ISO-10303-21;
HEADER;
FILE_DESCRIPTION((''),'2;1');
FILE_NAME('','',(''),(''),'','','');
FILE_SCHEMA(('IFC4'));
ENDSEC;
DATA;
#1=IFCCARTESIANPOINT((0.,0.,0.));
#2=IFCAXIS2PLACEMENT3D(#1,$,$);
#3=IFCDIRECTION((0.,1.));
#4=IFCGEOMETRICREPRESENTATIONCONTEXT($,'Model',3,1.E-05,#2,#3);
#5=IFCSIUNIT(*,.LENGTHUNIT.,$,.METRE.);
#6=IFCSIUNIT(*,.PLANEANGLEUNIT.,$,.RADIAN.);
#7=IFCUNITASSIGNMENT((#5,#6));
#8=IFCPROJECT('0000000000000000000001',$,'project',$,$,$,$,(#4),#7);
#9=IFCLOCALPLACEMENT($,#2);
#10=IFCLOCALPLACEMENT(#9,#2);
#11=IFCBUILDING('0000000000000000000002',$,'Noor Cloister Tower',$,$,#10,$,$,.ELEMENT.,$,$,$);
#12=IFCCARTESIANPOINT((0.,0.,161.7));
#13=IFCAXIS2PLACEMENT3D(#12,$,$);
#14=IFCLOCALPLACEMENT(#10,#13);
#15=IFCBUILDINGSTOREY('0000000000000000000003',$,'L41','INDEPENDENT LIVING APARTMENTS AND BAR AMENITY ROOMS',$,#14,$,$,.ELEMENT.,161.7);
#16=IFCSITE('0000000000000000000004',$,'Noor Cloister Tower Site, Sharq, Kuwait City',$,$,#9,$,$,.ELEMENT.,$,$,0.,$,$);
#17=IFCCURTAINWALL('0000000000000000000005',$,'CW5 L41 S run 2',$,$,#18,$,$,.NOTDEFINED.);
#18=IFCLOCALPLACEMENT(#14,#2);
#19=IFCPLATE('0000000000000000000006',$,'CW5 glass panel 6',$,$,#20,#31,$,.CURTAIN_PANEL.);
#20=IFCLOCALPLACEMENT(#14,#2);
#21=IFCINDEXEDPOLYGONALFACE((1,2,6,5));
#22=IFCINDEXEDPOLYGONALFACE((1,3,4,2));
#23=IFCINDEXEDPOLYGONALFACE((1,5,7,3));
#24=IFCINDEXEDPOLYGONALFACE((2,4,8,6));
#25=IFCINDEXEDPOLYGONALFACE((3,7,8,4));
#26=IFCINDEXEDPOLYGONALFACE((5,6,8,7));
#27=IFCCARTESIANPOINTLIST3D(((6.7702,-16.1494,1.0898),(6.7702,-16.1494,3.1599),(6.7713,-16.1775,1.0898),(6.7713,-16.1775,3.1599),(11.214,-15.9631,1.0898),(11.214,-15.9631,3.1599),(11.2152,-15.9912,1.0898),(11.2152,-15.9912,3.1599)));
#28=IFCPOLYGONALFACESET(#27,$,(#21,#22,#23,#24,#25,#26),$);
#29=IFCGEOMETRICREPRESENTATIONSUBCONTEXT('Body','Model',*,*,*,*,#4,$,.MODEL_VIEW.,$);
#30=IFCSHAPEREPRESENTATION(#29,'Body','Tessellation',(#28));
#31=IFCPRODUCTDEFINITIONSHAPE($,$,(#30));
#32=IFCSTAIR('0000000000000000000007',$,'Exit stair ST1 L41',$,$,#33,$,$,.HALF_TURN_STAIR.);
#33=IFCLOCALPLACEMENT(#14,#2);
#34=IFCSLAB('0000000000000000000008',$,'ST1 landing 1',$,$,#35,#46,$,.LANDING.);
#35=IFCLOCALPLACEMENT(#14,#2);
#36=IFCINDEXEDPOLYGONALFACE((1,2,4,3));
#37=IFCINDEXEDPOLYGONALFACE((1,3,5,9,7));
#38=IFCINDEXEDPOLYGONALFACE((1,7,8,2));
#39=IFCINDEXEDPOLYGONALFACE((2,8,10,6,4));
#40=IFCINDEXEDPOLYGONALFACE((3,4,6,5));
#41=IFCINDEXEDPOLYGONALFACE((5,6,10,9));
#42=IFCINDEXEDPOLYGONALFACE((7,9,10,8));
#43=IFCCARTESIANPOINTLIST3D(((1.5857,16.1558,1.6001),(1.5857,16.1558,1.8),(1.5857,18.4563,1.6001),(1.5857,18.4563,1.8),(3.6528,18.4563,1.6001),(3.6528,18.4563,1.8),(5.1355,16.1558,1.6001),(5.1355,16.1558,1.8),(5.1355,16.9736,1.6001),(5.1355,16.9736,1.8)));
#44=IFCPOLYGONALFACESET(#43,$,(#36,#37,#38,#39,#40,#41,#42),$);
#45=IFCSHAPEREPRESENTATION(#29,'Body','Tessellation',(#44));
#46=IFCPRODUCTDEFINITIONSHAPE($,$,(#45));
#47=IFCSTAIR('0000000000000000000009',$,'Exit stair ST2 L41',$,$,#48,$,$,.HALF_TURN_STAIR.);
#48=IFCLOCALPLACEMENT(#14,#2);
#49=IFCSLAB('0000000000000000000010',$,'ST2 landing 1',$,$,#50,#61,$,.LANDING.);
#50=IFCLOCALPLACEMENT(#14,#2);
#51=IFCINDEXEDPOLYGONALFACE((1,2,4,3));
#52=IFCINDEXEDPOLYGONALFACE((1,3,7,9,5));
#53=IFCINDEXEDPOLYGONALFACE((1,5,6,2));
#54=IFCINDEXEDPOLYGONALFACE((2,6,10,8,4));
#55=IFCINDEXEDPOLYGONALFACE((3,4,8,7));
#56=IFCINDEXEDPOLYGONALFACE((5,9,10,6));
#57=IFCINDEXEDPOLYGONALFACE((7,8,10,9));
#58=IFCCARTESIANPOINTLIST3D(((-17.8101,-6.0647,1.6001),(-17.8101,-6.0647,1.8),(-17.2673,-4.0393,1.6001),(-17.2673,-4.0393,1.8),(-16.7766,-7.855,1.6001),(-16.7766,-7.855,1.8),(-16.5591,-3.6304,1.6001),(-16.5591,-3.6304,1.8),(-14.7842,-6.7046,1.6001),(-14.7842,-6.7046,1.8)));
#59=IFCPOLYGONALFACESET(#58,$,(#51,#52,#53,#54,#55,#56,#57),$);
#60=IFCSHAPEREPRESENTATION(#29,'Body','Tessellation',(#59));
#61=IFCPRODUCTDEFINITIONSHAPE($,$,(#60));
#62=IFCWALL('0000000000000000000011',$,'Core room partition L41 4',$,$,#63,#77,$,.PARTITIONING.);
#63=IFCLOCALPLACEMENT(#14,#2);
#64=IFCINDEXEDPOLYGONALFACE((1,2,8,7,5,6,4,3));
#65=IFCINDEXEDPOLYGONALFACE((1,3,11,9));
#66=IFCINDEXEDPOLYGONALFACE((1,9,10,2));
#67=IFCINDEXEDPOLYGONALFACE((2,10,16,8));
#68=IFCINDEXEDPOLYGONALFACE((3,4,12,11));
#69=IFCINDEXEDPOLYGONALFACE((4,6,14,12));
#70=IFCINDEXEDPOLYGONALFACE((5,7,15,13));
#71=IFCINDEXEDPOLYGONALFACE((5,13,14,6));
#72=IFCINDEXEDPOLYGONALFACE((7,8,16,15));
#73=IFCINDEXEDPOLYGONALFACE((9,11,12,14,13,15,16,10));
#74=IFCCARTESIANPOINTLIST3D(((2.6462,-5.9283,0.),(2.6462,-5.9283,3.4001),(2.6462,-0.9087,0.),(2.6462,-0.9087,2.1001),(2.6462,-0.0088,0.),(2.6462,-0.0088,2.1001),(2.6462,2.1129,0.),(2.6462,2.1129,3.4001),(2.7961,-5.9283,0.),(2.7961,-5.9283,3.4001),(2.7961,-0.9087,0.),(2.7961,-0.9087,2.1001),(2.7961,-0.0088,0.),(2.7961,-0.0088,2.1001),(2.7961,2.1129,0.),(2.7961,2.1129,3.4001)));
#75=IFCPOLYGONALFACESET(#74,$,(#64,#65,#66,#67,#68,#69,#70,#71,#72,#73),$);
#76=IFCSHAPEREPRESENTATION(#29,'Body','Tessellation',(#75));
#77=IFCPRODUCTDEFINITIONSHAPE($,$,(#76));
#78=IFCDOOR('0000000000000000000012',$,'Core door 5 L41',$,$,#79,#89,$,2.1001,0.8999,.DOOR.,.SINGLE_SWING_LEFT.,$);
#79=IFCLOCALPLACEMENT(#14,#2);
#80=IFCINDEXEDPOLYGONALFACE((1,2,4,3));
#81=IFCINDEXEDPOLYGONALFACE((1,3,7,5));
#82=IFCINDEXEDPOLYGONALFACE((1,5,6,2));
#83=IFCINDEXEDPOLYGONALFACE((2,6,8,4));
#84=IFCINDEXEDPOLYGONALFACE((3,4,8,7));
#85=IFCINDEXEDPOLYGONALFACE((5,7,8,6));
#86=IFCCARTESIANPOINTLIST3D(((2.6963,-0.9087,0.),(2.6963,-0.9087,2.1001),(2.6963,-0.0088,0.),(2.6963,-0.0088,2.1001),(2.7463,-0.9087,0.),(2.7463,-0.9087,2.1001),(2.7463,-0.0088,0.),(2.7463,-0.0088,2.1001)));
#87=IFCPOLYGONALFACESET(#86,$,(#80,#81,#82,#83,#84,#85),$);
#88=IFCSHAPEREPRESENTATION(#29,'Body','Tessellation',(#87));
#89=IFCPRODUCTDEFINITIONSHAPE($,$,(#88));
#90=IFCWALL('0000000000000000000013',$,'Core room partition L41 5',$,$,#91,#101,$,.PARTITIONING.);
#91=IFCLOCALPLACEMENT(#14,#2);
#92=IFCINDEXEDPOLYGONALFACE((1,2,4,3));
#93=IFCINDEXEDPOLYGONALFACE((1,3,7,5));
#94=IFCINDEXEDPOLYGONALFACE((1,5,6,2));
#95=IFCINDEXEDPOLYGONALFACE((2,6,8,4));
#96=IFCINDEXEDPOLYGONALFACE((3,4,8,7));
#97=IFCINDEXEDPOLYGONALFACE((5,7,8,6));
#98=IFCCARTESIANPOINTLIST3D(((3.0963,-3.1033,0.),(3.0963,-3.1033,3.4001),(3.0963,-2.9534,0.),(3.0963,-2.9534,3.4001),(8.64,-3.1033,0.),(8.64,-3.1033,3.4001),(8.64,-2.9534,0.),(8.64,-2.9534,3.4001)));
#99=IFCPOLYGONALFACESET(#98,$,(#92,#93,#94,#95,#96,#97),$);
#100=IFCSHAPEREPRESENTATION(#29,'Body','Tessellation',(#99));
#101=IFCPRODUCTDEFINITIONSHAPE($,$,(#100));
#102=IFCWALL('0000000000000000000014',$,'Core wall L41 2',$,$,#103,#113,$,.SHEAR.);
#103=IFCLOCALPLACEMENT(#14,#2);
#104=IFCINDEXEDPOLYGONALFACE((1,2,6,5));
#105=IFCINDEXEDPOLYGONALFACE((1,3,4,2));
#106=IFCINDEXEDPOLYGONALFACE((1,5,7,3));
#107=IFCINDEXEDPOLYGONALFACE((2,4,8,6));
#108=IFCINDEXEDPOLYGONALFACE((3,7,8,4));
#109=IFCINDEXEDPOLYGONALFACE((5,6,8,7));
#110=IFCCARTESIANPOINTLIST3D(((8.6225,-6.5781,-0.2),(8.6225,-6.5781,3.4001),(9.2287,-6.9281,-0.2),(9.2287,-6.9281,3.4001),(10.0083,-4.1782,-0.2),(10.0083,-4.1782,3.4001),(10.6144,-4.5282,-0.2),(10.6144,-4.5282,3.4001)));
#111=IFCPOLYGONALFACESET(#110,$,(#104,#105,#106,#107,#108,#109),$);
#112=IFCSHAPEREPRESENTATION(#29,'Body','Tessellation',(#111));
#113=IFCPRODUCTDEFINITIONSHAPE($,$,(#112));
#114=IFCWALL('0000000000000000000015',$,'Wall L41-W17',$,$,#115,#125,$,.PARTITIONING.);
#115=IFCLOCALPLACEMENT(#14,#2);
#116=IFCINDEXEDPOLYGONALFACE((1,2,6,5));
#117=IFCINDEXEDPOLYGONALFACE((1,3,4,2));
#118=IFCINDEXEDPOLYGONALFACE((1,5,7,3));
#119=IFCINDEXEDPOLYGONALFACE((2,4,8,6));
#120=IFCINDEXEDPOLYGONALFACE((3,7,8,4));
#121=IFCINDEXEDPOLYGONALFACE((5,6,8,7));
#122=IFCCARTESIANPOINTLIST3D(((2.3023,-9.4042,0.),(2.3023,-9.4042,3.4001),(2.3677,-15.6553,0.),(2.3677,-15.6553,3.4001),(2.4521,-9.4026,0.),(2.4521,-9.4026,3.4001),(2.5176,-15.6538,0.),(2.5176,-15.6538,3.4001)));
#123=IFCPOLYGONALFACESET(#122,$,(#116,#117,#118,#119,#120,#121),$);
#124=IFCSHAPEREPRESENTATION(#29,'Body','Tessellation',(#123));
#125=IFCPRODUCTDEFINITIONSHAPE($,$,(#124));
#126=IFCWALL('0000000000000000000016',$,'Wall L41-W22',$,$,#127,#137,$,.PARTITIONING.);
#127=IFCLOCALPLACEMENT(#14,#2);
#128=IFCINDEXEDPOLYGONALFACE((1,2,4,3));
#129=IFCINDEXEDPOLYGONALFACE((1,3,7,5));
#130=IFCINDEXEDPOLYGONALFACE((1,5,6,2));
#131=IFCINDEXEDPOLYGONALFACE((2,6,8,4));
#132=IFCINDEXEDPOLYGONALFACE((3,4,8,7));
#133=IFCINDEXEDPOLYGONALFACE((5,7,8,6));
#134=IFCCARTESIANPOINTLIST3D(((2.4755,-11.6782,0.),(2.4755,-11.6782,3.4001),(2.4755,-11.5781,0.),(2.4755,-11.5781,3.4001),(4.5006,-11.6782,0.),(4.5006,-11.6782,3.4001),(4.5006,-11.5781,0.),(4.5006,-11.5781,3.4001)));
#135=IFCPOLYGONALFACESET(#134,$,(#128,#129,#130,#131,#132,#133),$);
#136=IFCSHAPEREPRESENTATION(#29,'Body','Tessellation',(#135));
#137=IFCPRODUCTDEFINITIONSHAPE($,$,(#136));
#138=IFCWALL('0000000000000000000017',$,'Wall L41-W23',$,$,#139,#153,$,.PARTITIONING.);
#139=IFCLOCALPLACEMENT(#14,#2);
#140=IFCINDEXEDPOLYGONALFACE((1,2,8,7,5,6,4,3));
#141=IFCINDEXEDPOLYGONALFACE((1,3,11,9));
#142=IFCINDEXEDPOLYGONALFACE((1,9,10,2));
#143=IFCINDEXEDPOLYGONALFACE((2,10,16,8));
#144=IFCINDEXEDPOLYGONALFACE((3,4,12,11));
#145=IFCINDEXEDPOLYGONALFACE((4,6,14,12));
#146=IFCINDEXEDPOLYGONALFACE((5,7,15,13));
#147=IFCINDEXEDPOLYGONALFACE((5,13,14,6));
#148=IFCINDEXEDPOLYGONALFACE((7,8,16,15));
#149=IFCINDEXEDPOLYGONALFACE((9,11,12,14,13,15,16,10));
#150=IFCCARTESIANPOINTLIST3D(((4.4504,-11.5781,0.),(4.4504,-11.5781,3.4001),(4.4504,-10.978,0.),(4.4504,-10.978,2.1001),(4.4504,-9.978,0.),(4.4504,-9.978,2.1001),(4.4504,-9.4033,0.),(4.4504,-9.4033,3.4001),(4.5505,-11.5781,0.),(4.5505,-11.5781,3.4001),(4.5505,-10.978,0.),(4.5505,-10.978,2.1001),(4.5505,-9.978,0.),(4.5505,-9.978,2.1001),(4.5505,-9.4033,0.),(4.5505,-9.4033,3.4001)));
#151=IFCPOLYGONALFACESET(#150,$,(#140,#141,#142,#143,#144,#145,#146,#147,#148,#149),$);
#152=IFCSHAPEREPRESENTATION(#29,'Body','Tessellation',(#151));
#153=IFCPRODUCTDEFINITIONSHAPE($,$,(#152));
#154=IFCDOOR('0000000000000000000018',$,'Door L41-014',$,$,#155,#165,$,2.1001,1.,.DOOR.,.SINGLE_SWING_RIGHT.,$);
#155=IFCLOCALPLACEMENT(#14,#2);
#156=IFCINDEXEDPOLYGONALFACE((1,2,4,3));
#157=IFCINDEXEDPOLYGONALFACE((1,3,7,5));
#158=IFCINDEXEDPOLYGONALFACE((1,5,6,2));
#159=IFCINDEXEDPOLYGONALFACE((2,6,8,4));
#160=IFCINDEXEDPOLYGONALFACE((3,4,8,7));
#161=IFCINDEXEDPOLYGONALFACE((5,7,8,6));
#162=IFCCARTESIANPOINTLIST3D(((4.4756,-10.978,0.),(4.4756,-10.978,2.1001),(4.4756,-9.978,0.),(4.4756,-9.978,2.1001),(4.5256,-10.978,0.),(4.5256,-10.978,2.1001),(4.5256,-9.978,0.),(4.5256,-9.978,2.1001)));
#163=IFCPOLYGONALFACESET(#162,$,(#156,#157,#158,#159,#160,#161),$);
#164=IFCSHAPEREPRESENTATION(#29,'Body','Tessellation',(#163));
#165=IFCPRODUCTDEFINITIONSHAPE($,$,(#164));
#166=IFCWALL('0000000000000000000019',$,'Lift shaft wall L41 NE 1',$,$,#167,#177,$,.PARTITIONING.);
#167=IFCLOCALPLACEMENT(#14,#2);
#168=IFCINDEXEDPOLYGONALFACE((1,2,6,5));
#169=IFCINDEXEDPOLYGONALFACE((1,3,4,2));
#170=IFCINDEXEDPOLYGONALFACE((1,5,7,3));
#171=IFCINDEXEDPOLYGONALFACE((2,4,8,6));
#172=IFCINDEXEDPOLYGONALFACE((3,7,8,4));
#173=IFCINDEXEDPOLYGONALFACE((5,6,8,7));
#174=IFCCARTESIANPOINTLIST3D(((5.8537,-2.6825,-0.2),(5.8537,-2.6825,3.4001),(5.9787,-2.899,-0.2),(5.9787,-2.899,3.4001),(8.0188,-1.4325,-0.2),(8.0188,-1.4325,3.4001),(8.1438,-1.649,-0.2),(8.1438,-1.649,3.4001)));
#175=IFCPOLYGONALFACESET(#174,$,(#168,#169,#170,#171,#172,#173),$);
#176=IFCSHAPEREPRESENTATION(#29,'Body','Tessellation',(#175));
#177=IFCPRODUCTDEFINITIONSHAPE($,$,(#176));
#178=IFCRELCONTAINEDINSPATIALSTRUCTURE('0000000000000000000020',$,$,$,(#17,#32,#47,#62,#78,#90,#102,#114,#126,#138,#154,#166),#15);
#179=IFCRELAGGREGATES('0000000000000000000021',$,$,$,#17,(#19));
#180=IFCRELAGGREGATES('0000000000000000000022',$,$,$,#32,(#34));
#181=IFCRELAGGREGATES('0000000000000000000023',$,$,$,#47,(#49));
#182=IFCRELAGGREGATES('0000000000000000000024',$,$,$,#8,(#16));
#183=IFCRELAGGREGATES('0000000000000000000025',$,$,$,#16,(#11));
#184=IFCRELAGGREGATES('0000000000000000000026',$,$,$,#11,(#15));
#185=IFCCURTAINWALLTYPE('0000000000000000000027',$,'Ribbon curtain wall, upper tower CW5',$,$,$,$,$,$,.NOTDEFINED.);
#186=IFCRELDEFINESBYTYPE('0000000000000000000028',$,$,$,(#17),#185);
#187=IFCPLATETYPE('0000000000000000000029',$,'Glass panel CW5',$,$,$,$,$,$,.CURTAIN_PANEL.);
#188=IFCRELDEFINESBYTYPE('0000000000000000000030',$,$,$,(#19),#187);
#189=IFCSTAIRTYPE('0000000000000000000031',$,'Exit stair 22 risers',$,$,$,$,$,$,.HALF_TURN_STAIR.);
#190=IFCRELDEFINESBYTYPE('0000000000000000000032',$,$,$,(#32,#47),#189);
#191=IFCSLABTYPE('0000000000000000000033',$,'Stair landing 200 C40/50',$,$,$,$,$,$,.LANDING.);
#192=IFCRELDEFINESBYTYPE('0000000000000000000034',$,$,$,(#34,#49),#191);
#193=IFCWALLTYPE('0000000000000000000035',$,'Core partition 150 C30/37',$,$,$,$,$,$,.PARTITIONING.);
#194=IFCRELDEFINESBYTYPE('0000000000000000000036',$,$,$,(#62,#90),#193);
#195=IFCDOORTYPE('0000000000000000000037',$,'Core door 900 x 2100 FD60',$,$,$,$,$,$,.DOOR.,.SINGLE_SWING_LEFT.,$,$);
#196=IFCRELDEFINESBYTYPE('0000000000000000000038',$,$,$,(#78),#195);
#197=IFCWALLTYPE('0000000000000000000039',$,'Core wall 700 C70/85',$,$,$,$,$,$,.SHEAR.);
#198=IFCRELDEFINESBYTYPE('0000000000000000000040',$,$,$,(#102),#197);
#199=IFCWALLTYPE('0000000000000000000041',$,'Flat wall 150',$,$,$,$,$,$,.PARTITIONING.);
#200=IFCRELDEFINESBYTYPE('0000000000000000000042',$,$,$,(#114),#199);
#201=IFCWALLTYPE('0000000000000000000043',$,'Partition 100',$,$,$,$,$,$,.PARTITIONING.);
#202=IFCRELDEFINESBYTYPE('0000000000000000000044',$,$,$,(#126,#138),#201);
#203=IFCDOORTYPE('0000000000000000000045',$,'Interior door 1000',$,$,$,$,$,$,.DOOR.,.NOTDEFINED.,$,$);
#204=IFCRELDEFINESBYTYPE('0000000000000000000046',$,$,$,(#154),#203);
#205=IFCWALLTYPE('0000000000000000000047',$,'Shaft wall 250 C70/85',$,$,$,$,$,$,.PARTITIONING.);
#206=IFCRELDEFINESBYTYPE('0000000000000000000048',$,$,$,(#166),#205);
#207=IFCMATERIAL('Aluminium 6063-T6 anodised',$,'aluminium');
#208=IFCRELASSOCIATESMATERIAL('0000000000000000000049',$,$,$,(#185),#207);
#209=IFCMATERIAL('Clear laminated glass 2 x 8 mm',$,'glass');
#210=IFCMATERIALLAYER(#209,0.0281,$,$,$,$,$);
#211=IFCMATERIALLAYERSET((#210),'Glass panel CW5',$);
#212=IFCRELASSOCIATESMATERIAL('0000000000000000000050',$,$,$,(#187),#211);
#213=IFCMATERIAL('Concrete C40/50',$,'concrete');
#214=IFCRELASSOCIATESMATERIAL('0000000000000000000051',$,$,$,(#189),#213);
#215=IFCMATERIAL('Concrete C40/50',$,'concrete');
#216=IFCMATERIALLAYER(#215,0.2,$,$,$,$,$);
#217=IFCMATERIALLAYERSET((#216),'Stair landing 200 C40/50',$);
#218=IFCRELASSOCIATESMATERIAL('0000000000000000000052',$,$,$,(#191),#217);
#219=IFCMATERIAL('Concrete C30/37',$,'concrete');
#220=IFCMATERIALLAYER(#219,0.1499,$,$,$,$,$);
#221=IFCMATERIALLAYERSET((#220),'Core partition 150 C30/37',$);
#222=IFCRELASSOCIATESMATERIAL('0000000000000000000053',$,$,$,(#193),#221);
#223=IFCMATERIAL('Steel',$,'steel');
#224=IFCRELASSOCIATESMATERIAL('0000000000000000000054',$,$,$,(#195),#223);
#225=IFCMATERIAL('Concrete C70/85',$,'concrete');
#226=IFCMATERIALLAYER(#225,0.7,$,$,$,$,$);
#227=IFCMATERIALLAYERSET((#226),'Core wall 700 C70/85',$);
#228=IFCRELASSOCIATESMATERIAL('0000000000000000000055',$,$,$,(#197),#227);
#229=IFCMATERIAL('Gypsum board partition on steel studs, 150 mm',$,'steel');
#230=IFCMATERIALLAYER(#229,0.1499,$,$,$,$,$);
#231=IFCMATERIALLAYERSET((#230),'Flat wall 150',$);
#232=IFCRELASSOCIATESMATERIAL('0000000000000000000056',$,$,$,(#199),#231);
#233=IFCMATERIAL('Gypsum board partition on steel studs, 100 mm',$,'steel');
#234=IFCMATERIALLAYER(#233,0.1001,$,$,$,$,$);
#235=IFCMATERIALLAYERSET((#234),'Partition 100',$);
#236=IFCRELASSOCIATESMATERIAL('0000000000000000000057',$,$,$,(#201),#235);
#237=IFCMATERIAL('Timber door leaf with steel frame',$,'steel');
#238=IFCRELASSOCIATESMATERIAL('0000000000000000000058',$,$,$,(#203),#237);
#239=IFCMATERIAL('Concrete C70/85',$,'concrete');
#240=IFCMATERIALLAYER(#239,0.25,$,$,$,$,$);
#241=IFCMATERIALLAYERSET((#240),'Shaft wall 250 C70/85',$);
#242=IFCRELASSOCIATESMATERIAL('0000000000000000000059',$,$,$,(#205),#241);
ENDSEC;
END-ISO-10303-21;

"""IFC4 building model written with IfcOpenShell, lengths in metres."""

from ifc_helpers import new_model, si_unit, direction, frame, frame_2d, origin, origin_2d, place, context, subcontext, project, spatial, polyline, rectangle, outline, extrude, material, layer, layer_set, type_object, element, fill, aggregate, save


model = new_model("IFC4")

# Units and contexts
model_context = context("Model", 3, precision=1e-05, world=origin(), true_north=direction((0.0, 1.0)))
body_context = subcontext(model_context, "Body", "Model", "MODEL_VIEW")
ifc_project = project(units=[si_unit("LENGTHUNIT", "METRE"), si_unit("PLANEANGLEUNIT", "RADIAN")], contexts=[model_context])

# Site, building, storey
site_placement = place(None, origin())
site = spatial("IfcSite", under=ifc_project, at=site_placement, Name="Noor Cloister Tower Site, Sharq, Kuwait City", CompositionType="ELEMENT", RefElevation=0.0)
building_placement = place(site_placement, origin())
building = spatial("IfcBuilding", under=site, at=building_placement, Name="Noor Cloister Tower", CompositionType="ELEMENT")
storey_placement = place(building_placement, frame((0.0, 0.0, 161.7)))
storey = spatial("IfcBuildingStorey", under=building, at=storey_placement, Name="L41", Description="INDEPENDENT LIVING APARTMENTS AND BAR AMENITY ROOMS", CompositionType="ELEMENT", Elevation=161.7)

# Curtain wall
ifc_material_1 = material(Name="Aluminium 6063-T6 anodised", Category="aluminium")
curtain_wall_type = type_object("IfcCurtainWallType", Name="Ribbon curtain wall, upper tower CW5", PredefinedType="NOTDEFINED", material=ifc_material_1)
curtain_wall_placement = place(storey_placement, origin())
curtain_wall = element("IfcCurtainWall", 1, at=curtain_wall_placement, inside=storey, type_object=curtain_wall_type, Name="CW5 L41 S run 2", PredefinedType="NOTDEFINED")

# Plate
ifc_material_2 = material(Name="Clear laminated glass 2 x 8 mm", Category="glass")
ifc_layer_1 = layer(ifc_material_2, 0.0281)
ifc_layer_set_1 = layer_set([ifc_layer_1], Name="Glass panel CW5")
plate_type = type_object("IfcPlateType", Name="Glass panel CW5", PredefinedType="CURTAIN_PANEL", material=ifc_layer_set_1)
plate_1_placement = place(storey_placement, frame((8.9927, -16.0703, 1.0898), z_axis=(0.0, 0.0, 1.0), x_axis=(0.999123, 0.04188, 0.0)))
plate_1 = element("IfcPlate", 2, at=plate_1_placement, type_object=plate_type, Name="CW5 glass panel 6", PredefinedType="CURTAIN_PANEL", context=body_context, shape_type="SweptSolid", body=[
    extrude(rectangle(XDim=4.4478, YDim=0.0281, at=origin_2d()), origin(), (0.0, 0.0, 1.0), 2.0701),
])
aggregate(curtain_wall, [plate_1])

# Stairs, slabs
ifc_material_3 = material(Name="Concrete C40/50", Category="concrete")
stair_type = type_object("IfcStairType", Name="Exit stair 22 risers", PredefinedType="HALF_TURN_STAIR", material=ifc_material_3)
stair_1_placement = place(storey_placement, origin())
stair_1 = element("IfcStair", 3, at=stair_1_placement, inside=storey, type_object=stair_type, Name="Exit stair ST1 L41", PredefinedType="HALF_TURN_STAIR")
ifc_material_4 = material(Name="Concrete C40/50", Category="concrete")
ifc_layer_2 = layer(ifc_material_4, 0.2)
ifc_layer_set_2 = layer_set([ifc_layer_2], Name="Stair landing 200 C40/50")
slab_type_1 = type_object("IfcSlabType", Name="Stair landing 200 C40/50", PredefinedType="LANDING", material=ifc_layer_set_2)
slab_1_placement = place(storey_placement, frame((0.0, 0.0, 1.6001)))
slab_1 = element("IfcSlab", 4, at=slab_1_placement, type_object=slab_type_1, Name="ST1 landing 1", PredefinedType="LANDING", context=body_context, shape_type="SweptSolid", body=[
    extrude(outline(polyline([(5.1355, 16.1558), (5.1355, 16.9736), (3.6528, 18.4563), (1.5857, 18.4563), (1.5857, 16.1558), (5.1355, 16.1558)])), origin(), (0.0, 0.0, 1.0), 0.2),
])
aggregate(stair_1, [slab_1])
stair_2_placement = place(storey_placement, origin())
stair_2 = element("IfcStair", 5, at=stair_2_placement, inside=storey, type_object=stair_type, Name="Exit stair ST2 L41", PredefinedType="HALF_TURN_STAIR")
slab_2_placement = place(storey_placement, frame((0.0, 0.0, 1.6001)))
slab_2 = element("IfcSlab", 6, at=slab_2_placement, type_object=slab_type_1, Name="ST2 landing 1", PredefinedType="LANDING", context=body_context, shape_type="SweptSolid", body=[
    extrude(outline(polyline([(-16.5591, -3.6304), (-17.2673, -4.0393), (-17.8101, -6.0647), (-16.7766, -7.855), (-14.7842, -6.7046), (-16.5591, -3.6304)])), origin(), (0.0, 0.0, 1.0), 0.2),
])
aggregate(stair_2, [slab_2])

# Wall, opening, door
ifc_material_5 = material(Name="Concrete C30/37", Category="concrete")
ifc_layer_3 = layer(ifc_material_5, 0.1499)
ifc_layer_set_3 = layer_set([ifc_layer_3], Name="Core partition 150 C30/37")
wall_type_1 = type_object("IfcWallType", Name="Core partition 150 C30/37", PredefinedType="PARTITIONING", material=ifc_layer_set_3)
wall_1_placement = place(storey_placement, frame((2.7212, -5.9282, 0.0), z_axis=(0.0, 0.0, 1.0), x_axis=(0.0, 1.0, 0.0)))
wall_1 = element("IfcWall", 7, at=wall_1_placement, inside=storey, type_object=wall_type_1, Name="Core room partition L41 4", PredefinedType="PARTITIONING", context=body_context, shape_type="SweptSolid", body=[
    extrude(rectangle(XDim=8.0413, YDim=0.1499, at=frame_2d((4.0205, 0.0))), origin(), (0.0, 0.0, 1.0), 3.4001),
])
opening_1_placement = place(wall_1_placement, frame((5.0195, 0.0, 0.0)))
opening_1 = element("IfcOpeningElement", 8, at=opening_1_placement, cuts=wall_1, PredefinedType="OPENING", context=body_context, shape_type="SweptSolid", body=[
    extrude(rectangle(XDim=0.8999, YDim=2.1001, at=frame_2d((0.45, 1.05))), frame((0.0, 0.085, 0.0), z_axis=(0.0, -1.0, 0.0), x_axis=(1.0, 0.0, 0.0)), (0.0, 0.0, 1.0), 0.1699),
])
ifc_material_6 = material(Name="Steel", Category="steel")
door_type_1 = type_object("IfcDoorType", Name="Core door 900 x 2100 FD60", OperationType="SINGLE_SWING_LEFT", PredefinedType="DOOR", material=ifc_material_6)
door_1_placement = place(opening_1_placement, origin())
door_1 = element("IfcDoor", 9, at=door_1_placement, inside=storey, type_object=door_type_1, Name="Core door 5 L41", OperationType="SINGLE_SWING_LEFT", OverallHeight=2.1001, OverallWidth=0.8999, PredefinedType="DOOR", context=body_context, shape_type="SweptSolid", body=[
    extrude(rectangle(XDim=0.8999, YDim=2.1001, at=frame_2d((0.45, 1.05))), frame((0.0, 0.0249, 0.0), z_axis=(0.0, -1.0, 0.0), x_axis=(1.0, 0.0, 0.0)), (0.0, 0.0, 1.0), 0.05),
])
fill(opening_1, door_1)

# Walls
wall_2_placement = place(storey_placement, frame((3.0962, -3.0283, 0.0), z_axis=(0.0, 0.0, 1.0), x_axis=(1.0, 0.0, 0.0)))
element("IfcWall", 10, at=wall_2_placement, inside=storey, type_object=wall_type_1, Name="Core room partition L41 5", PredefinedType="PARTITIONING", context=body_context, shape_type="SweptSolid", body=[
    extrude(rectangle(XDim=5.5437, YDim=0.1499, at=frame_2d((2.772, 0.0))), origin(), (0.0, 0.0, 1.0), 3.4001),
])
ifc_material_7 = material(Name="Concrete C70/85", Category="concrete")
ifc_layer_4 = layer(ifc_material_7, 0.7)
ifc_layer_set_4 = layer_set([ifc_layer_4], Name="Core wall 700 C70/85")
wall_type_2 = type_object("IfcWallType", Name="Core wall 700 C70/85", PredefinedType="SHEAR", material=ifc_layer_set_4)
wall_3_placement = place(storey_placement, frame((8.9255, -6.7532, -0.2), z_axis=(0.0, 0.0, 1.0), x_axis=(0.500043, 0.866001, 0.0)))
element("IfcWall", 11, at=wall_3_placement, inside=storey, type_object=wall_type_2, Name="Core wall L41 2", PredefinedType="SHEAR", context=body_context, shape_type="SweptSolid", body=[
    extrude(rectangle(XDim=2.7712, YDim=0.7, at=frame_2d((1.3857, 0.0))), origin(), (0.0, 0.0, 1.0), 3.6001),
])
ifc_material_8 = material(Name="Gypsum board partition on steel studs, 150 mm", Category="steel")
ifc_layer_5 = layer(ifc_material_8, 0.1499)
ifc_layer_set_5 = layer_set([ifc_layer_5], Name="Flat wall 150")
wall_type_3 = type_object("IfcWallType", Name="Flat wall 150", PredefinedType="PARTITIONING", material=ifc_layer_set_5)
wall_4_placement = place(storey_placement, frame((2.4426, -15.6545, 0.0), z_axis=(0.0, 0.0, 1.0), x_axis=(-0.010466, 0.999945, 0.0)))
element("IfcWall", 12, at=wall_4_placement, inside=storey, type_object=wall_type_3, Name="Wall L41-W17", PredefinedType="PARTITIONING", context=body_context, shape_type="SweptSolid", body=[
    extrude(rectangle(XDim=6.2515, YDim=0.1499, at=frame_2d((3.1257, 0.0))), origin(), (0.0, 0.0, 1.0), 3.4001),
])
ifc_material_9 = material(Name="Gypsum board partition on steel studs, 100 mm", Category="steel")
ifc_layer_6 = layer(ifc_material_9, 0.1001)
ifc_layer_set_6 = layer_set([ifc_layer_6], Name="Partition 100")
wall_type_4 = type_object("IfcWallType", Name="Partition 100", PredefinedType="PARTITIONING", material=ifc_layer_set_6)
wall_5_placement = place(storey_placement, frame((2.4753, -11.6282, 0.0), z_axis=(0.0, 0.0, 1.0), x_axis=(1.0, 0.0, 0.0)))
element("IfcWall", 13, at=wall_5_placement, inside=storey, type_object=wall_type_4, Name="Wall L41-W22", PredefinedType="PARTITIONING", context=body_context, shape_type="SweptSolid", body=[
    extrude(rectangle(XDim=2.0251, YDim=0.1001, at=frame_2d((1.0127, 0.0))), origin(), (0.0, 0.0, 1.0), 3.4001),
])

# Wall, opening, door
wall_6_placement = place(storey_placement, frame((4.5005, -11.5781, 0.0), z_axis=(0.0, 0.0, 1.0), x_axis=(0.0, 1.0, 0.0)))
wall_6 = element("IfcWall", 14, at=wall_6_placement, inside=storey, type_object=wall_type_4, Name="Wall L41-W23", PredefinedType="PARTITIONING", context=body_context, shape_type="SweptSolid", body=[
    extrude(rectangle(XDim=2.1748, YDim=0.1001, at=frame_2d((1.0874, 0.0))), origin(), (0.0, 0.0, 1.0), 3.4001),
])
opening_2_placement = place(wall_6_placement, frame((0.6001, 0.0, 0.0)))
opening_2 = element("IfcOpeningElement", 15, at=opening_2_placement, cuts=wall_6, PredefinedType="OPENING", context=body_context, shape_type="SweptSolid", body=[
    extrude(rectangle(XDim=1.0, YDim=2.1001, at=frame_2d((0.5, 1.05))), frame((0.0, 0.0601, 0.0), z_axis=(0.0, -1.0, 0.0), x_axis=(1.0, 0.0, 0.0)), (0.0, 0.0, 1.0), 0.1201),
])
ifc_material_10 = material(Name="Timber door leaf with steel frame", Category="steel")
door_type_2 = type_object("IfcDoorType", Name="Interior door 1000", OperationType="NOTDEFINED", PredefinedType="DOOR", material=ifc_material_10)
door_2_placement = place(opening_2_placement, origin())
door_2 = element("IfcDoor", 16, at=door_2_placement, inside=storey, type_object=door_type_2, Name="Door L41-014", OperationType="SINGLE_SWING_RIGHT", OverallHeight=2.1001, OverallWidth=1.0, PredefinedType="DOOR", context=body_context, shape_type="SweptSolid", body=[
    extrude(rectangle(XDim=1.0, YDim=2.1001, at=frame_2d((0.5, 1.05))), frame((0.0, 0.0249, 0.0), z_axis=(0.0, -1.0, 0.0), x_axis=(1.0, 0.0, 0.0)), (0.0, 0.0, 1.0), 0.05),
])
fill(opening_2, door_2)

# Wall
ifc_material_11 = material(Name="Concrete C70/85", Category="concrete")
ifc_layer_7 = layer(ifc_material_11, 0.25)
ifc_layer_set_7 = layer_set([ifc_layer_7], Name="Shaft wall 250 C70/85")
wall_type_5 = type_object("IfcWallType", Name="Shaft wall 250 C70/85", PredefinedType="PARTITIONING", material=ifc_layer_set_7)
wall_7_placement = place(storey_placement, frame((8.0813, -1.5408, -0.2), z_axis=(0.0, 0.0, 1.0), x_axis=(-0.866023, -0.500004, 0.0)))
element("IfcWall", 17, at=wall_7_placement, inside=storey, type_object=wall_type_5, Name="Lift shaft wall L41 NE 1", PredefinedType="PARTITIONING", context=body_context, shape_type="SweptSolid", body=[
    extrude(rectangle(XDim=2.5, YDim=0.25, at=frame_2d((1.25, 0.0))), origin(), (0.0, 0.0, 1.0), 3.6001),
])

save(model, "model.ifc")
